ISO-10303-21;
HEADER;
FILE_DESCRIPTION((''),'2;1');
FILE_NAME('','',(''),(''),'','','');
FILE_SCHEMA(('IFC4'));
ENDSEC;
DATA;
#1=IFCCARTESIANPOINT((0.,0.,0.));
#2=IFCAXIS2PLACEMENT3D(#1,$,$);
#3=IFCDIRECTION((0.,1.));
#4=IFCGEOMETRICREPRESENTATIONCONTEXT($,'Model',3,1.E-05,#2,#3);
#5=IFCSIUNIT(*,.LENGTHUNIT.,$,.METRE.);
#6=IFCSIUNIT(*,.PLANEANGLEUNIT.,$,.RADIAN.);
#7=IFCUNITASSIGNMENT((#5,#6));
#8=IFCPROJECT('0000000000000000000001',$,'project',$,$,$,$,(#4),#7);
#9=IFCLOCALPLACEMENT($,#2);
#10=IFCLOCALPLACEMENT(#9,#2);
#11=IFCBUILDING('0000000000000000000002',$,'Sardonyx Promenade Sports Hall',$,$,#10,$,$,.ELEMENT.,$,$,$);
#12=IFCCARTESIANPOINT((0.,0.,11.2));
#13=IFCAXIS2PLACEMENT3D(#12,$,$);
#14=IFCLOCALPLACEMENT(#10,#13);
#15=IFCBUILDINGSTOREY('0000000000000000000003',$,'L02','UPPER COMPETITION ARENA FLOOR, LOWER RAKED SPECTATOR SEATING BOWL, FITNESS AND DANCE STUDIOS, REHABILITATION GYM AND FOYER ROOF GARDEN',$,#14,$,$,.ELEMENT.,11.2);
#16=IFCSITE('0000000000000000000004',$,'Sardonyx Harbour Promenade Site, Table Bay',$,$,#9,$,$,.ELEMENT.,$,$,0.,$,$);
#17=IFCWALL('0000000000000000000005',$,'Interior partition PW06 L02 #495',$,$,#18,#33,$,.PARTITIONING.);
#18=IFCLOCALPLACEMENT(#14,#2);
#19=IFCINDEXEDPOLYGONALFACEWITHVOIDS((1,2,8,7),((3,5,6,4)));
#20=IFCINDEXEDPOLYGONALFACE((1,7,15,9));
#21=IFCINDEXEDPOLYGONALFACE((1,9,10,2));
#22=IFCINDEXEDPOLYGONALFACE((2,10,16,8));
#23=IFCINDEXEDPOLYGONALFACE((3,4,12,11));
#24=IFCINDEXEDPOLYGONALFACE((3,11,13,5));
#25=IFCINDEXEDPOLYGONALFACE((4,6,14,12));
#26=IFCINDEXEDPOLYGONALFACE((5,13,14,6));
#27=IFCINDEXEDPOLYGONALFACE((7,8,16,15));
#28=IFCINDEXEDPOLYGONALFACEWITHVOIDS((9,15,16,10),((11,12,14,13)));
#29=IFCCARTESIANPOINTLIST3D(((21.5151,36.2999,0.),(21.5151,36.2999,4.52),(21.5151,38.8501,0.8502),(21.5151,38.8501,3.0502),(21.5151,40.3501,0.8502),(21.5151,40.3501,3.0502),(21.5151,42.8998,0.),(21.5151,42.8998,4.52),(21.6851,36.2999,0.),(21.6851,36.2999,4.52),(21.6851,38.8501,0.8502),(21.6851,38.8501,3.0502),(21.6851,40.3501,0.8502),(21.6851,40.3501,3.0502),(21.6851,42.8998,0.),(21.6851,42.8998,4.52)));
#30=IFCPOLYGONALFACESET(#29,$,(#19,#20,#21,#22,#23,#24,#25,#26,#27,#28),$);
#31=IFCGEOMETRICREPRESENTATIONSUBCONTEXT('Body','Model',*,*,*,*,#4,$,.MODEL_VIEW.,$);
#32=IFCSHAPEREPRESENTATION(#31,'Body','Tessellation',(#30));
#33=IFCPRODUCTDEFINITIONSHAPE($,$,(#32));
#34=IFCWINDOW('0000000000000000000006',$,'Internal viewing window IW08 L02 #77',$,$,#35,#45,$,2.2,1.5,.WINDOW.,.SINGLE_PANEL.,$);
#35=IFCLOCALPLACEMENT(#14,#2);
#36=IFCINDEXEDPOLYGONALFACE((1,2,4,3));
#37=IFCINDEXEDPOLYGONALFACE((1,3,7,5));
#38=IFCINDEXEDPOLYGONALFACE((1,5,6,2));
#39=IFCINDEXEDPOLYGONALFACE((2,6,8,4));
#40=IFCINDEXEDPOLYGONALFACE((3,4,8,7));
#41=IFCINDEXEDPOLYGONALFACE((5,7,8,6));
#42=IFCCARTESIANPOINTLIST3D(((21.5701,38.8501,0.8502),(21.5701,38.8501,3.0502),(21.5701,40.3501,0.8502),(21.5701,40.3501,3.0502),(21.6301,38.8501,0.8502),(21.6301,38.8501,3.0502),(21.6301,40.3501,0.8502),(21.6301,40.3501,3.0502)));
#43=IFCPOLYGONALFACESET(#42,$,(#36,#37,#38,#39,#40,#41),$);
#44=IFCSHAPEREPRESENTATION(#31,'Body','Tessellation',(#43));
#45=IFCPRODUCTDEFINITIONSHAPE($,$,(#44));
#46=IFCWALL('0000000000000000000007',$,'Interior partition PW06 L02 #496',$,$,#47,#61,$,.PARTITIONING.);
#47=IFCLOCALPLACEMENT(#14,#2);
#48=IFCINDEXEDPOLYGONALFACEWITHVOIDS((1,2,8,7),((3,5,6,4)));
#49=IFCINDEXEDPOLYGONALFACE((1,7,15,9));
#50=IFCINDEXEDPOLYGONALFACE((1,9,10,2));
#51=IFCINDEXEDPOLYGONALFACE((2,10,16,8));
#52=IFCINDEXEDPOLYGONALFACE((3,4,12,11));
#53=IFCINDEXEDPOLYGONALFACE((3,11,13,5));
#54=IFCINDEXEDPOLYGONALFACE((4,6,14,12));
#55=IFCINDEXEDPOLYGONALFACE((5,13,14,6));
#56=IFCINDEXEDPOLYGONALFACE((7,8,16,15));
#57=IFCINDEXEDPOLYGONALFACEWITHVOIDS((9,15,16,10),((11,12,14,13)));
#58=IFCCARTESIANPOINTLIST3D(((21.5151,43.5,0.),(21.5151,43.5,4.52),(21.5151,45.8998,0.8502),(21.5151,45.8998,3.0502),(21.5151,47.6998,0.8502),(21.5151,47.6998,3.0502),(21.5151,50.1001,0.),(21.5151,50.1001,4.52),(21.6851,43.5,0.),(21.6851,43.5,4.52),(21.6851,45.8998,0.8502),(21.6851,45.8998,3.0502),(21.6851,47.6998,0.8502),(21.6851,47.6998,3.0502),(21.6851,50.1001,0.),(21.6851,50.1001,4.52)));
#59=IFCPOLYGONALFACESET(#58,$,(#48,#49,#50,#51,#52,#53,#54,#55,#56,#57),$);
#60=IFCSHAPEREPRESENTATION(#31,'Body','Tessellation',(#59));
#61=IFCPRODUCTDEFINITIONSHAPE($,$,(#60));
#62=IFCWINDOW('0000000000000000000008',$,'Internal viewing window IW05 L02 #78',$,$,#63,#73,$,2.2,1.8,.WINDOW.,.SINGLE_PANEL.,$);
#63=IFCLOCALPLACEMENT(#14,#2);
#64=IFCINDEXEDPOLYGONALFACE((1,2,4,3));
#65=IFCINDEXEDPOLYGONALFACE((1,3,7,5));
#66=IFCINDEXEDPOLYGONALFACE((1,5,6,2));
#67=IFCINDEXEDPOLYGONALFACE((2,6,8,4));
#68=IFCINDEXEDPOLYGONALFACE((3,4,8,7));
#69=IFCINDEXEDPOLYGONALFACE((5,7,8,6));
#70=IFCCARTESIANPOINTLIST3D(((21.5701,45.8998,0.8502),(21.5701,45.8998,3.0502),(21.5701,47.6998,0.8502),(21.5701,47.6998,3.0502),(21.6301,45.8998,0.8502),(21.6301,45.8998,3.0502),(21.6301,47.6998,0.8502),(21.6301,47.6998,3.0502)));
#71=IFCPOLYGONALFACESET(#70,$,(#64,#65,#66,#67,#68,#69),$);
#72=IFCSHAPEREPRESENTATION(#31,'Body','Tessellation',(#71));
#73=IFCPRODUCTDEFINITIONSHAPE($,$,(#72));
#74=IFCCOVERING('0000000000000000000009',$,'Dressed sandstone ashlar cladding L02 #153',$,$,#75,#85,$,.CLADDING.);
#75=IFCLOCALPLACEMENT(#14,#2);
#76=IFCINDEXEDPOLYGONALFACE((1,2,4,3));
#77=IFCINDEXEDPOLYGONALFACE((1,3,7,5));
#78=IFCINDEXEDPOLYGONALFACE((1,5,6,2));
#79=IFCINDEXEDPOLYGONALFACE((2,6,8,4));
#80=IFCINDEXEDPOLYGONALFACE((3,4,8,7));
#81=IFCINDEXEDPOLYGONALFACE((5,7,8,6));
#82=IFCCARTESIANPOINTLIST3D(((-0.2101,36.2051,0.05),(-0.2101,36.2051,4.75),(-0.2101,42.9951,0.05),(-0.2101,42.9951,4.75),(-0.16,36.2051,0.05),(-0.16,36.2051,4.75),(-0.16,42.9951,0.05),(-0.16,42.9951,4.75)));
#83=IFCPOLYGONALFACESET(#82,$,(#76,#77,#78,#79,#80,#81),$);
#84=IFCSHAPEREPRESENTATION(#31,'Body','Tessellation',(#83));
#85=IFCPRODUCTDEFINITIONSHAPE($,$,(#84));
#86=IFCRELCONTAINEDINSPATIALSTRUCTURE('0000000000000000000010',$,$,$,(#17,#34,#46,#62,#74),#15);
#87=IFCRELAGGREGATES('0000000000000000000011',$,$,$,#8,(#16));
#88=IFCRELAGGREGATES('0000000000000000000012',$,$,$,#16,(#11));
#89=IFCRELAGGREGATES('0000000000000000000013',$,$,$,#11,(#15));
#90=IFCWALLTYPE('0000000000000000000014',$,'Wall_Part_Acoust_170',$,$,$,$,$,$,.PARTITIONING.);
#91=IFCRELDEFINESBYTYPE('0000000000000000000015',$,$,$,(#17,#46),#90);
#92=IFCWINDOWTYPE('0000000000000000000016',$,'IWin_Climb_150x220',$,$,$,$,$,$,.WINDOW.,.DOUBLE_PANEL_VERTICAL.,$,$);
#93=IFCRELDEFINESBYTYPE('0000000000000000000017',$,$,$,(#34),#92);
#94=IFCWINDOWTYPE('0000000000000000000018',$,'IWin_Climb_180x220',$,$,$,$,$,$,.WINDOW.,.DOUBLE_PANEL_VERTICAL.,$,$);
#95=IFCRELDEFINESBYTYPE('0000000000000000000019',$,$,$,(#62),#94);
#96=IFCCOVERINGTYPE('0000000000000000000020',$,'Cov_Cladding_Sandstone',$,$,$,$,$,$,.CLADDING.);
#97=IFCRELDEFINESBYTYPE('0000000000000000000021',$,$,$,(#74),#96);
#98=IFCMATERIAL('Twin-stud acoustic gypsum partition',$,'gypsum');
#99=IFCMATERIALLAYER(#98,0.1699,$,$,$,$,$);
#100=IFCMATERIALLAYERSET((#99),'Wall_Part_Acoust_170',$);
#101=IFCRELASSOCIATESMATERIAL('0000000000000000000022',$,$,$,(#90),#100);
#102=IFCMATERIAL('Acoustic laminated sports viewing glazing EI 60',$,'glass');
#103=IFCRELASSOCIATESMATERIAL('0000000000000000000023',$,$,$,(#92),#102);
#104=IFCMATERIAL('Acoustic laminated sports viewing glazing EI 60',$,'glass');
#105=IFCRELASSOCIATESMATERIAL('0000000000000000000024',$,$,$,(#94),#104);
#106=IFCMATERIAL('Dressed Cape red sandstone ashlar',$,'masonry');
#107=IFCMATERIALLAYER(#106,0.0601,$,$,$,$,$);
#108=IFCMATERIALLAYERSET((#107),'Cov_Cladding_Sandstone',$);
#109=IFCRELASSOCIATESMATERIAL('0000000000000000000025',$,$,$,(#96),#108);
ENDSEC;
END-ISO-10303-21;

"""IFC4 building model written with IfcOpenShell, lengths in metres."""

from ifc_helpers import new_model, si_unit, direction, frame, frame_2d, origin, place, context, subcontext, project, spatial, rectangle, extrude, material, layer, layer_set, type_object, element, fill, save


model = new_model("IFC4")

# Units and contexts
model_context = context("Model", 3, precision=1e-05, world=origin(), true_north=direction((0.0, 1.0)))
body_context = subcontext(model_context, "Body", "Model", "MODEL_VIEW")
ifc_project = project(units=[si_unit("LENGTHUNIT", "METRE"), si_unit("PLANEANGLEUNIT", "RADIAN")], contexts=[model_context])

# Site, building, storey
site_placement = place(None, origin())
site = spatial("IfcSite", under=ifc_project, at=site_placement, Name="Sardonyx Harbour Promenade Site, Table Bay", CompositionType="ELEMENT", RefElevation=0.0)
building_placement = place(site_placement, origin())
building = spatial("IfcBuilding", under=site, at=building_placement, Name="Sardonyx Promenade Sports Hall", CompositionType="ELEMENT")
storey_placement = place(building_placement, frame((0.0, 0.0, 11.2)))
storey = spatial("IfcBuildingStorey", under=building, at=storey_placement, Name="L02", Description="UPPER COMPETITION ARENA FLOOR, LOWER RAKED SPECTATOR SEATING BOWL, FITNESS AND DANCE STUDIOS, REHABILITATION GYM AND FOYER ROOF GARDEN", CompositionType="ELEMENT", Elevation=11.2)

# Walls, openings, windows
ifc_material_1 = material(Name="Twin-stud acoustic gypsum partition", Category="gypsum")
ifc_layer_1 = layer(ifc_material_1, 0.1699)
ifc_layer_set_1 = layer_set([ifc_layer_1], Name="Wall_Part_Acoust_170")
wall_type_1 = type_object("IfcWallType", Name="Wall_Part_Acoust_170", PredefinedType="PARTITIONING", material=ifc_layer_set_1)
wall_1_placement = place(storey_placement, frame((21.6001, 36.3, 0.0), z_axis=(0.0, 0.0, 1.0), x_axis=(0.0, 1.0, 0.0)))
wall_1 = element("IfcWall", 1, at=wall_1_placement, inside=storey, type_object=wall_type_1, Name="Interior partition PW06 L02 #495", PredefinedType="PARTITIONING", context=body_context, shape_type="SweptSolid", body=[
    extrude(rectangle(XDim=6.5999, YDim=0.1699, at=frame_2d((3.2998, 0.0))), origin(), (0.0, 0.0, 1.0), 4.52),
])
opening_1_placement = place(wall_1_placement, frame((2.55, 0.0, 0.8501)))
opening_1 = element("IfcOpeningElement", 2, at=opening_1_placement, cuts=wall_1, PredefinedType="OPENING", context=body_context, shape_type="SweptSolid", body=[
    extrude(rectangle(XDim=1.5, YDim=2.2, at=frame_2d((0.75, 1.1001))), frame((0.0, 0.095, 0.0), z_axis=(0.0, -1.0, 0.0), x_axis=(1.0, 0.0, 0.0)), (0.0, 0.0, 1.0), 0.19),
])
ifc_material_2 = material(Name="Acoustic laminated sports viewing glazing EI 60", Category="glass")
window_type_1 = type_object("IfcWindowType", Name="IWin_Climb_150x220", PartitioningType="DOUBLE_PANEL_VERTICAL", PredefinedType="WINDOW", material=ifc_material_2)
window_1_placement = place(opening_1_placement, origin())
window_1 = element("IfcWindow", 3, at=window_1_placement, inside=storey, type_object=window_type_1, Name="Internal viewing window IW08 L02 #77", OverallHeight=2.2, OverallWidth=1.5, PartitioningType="SINGLE_PANEL", PredefinedType="WINDOW", context=body_context, shape_type="SweptSolid", body=[
    extrude(rectangle(XDim=1.5, YDim=2.2, at=frame_2d((0.75, 1.1001))), frame((0.0, 0.03, 0.0), z_axis=(0.0, -1.0, 0.0), x_axis=(1.0, 0.0, 0.0)), (0.0, 0.0, 1.0), 0.0601),
])
fill(opening_1, window_1)
wall_2_placement = place(storey_placement, frame((21.6001, 43.5, 0.0), z_axis=(0.0, 0.0, 1.0), x_axis=(0.0, 1.0, 0.0)))
wall_2 = element("IfcWall", 4, at=wall_2_placement, inside=storey, type_object=wall_type_1, Name="Interior partition PW06 L02 #496", PredefinedType="PARTITIONING", context=body_context, shape_type="SweptSolid", body=[
    extrude(rectangle(XDim=6.6001, YDim=0.1699, at=frame_2d((3.3, 0.0))), origin(), (0.0, 0.0, 1.0), 4.52),
])
opening_2_placement = place(wall_2_placement, frame((2.3999, 0.0, 0.8501)))
opening_2 = element("IfcOpeningElement", 5, at=opening_2_placement, cuts=wall_2, PredefinedType="OPENING", context=body_context, shape_type="SweptSolid", body=[
    extrude(rectangle(XDim=1.8, YDim=2.2, at=frame_2d((0.8999, 1.1001))), frame((0.0, 0.095, 0.0), z_axis=(0.0, -1.0, 0.0), x_axis=(1.0, 0.0, 0.0)), (0.0, 0.0, 1.0), 0.19),
])
ifc_material_3 = material(Name="Acoustic laminated sports viewing glazing EI 60", Category="glass")
window_type_2 = type_object("IfcWindowType", Name="IWin_Climb_180x220", PartitioningType="DOUBLE_PANEL_VERTICAL", PredefinedType="WINDOW", material=ifc_material_3)
window_2_placement = place(opening_2_placement, origin())
window_2 = element("IfcWindow", 6, at=window_2_placement, inside=storey, type_object=window_type_2, Name="Internal viewing window IW05 L02 #78", OverallHeight=2.2, OverallWidth=1.8, PartitioningType="SINGLE_PANEL", PredefinedType="WINDOW", context=body_context, shape_type="SweptSolid", body=[
    extrude(rectangle(XDim=1.8, YDim=2.2, at=frame_2d((0.8999, 1.1001))), frame((0.0, 0.03, 0.0), z_axis=(0.0, -1.0, 0.0), x_axis=(1.0, 0.0, 0.0)), (0.0, 0.0, 1.0), 0.0601),
])
fill(opening_2, window_2)

# Covering
ifc_material_4 = material(Name="Dressed Cape red sandstone ashlar", Category="masonry")
ifc_layer_2 = layer(ifc_material_4, 0.0601)
ifc_layer_set_2 = layer_set([ifc_layer_2], Name="Cov_Cladding_Sandstone")
covering_type = type_object("IfcCoveringType", Name="Cov_Cladding_Sandstone", PredefinedType="CLADDING", material=ifc_layer_set_2)
covering_placement = place(storey_placement, frame((-0.1851, 36.2051, 0.05), z_axis=(0.0, 0.0, 1.0), x_axis=(0.0, 1.0, 0.0)))
element("IfcCovering", 7, at=covering_placement, inside=storey, type_object=covering_type, Name="Dressed sandstone ashlar cladding L02 #153", PredefinedType="CLADDING", context=body_context, shape_type="SweptSolid", body=[
    extrude(rectangle(XDim=6.79, YDim=0.05, at=frame_2d((3.395, 0.0))), origin(), (0.0, 0.0, 1.0), 4.7),
])

save(model, "model.ifc")
